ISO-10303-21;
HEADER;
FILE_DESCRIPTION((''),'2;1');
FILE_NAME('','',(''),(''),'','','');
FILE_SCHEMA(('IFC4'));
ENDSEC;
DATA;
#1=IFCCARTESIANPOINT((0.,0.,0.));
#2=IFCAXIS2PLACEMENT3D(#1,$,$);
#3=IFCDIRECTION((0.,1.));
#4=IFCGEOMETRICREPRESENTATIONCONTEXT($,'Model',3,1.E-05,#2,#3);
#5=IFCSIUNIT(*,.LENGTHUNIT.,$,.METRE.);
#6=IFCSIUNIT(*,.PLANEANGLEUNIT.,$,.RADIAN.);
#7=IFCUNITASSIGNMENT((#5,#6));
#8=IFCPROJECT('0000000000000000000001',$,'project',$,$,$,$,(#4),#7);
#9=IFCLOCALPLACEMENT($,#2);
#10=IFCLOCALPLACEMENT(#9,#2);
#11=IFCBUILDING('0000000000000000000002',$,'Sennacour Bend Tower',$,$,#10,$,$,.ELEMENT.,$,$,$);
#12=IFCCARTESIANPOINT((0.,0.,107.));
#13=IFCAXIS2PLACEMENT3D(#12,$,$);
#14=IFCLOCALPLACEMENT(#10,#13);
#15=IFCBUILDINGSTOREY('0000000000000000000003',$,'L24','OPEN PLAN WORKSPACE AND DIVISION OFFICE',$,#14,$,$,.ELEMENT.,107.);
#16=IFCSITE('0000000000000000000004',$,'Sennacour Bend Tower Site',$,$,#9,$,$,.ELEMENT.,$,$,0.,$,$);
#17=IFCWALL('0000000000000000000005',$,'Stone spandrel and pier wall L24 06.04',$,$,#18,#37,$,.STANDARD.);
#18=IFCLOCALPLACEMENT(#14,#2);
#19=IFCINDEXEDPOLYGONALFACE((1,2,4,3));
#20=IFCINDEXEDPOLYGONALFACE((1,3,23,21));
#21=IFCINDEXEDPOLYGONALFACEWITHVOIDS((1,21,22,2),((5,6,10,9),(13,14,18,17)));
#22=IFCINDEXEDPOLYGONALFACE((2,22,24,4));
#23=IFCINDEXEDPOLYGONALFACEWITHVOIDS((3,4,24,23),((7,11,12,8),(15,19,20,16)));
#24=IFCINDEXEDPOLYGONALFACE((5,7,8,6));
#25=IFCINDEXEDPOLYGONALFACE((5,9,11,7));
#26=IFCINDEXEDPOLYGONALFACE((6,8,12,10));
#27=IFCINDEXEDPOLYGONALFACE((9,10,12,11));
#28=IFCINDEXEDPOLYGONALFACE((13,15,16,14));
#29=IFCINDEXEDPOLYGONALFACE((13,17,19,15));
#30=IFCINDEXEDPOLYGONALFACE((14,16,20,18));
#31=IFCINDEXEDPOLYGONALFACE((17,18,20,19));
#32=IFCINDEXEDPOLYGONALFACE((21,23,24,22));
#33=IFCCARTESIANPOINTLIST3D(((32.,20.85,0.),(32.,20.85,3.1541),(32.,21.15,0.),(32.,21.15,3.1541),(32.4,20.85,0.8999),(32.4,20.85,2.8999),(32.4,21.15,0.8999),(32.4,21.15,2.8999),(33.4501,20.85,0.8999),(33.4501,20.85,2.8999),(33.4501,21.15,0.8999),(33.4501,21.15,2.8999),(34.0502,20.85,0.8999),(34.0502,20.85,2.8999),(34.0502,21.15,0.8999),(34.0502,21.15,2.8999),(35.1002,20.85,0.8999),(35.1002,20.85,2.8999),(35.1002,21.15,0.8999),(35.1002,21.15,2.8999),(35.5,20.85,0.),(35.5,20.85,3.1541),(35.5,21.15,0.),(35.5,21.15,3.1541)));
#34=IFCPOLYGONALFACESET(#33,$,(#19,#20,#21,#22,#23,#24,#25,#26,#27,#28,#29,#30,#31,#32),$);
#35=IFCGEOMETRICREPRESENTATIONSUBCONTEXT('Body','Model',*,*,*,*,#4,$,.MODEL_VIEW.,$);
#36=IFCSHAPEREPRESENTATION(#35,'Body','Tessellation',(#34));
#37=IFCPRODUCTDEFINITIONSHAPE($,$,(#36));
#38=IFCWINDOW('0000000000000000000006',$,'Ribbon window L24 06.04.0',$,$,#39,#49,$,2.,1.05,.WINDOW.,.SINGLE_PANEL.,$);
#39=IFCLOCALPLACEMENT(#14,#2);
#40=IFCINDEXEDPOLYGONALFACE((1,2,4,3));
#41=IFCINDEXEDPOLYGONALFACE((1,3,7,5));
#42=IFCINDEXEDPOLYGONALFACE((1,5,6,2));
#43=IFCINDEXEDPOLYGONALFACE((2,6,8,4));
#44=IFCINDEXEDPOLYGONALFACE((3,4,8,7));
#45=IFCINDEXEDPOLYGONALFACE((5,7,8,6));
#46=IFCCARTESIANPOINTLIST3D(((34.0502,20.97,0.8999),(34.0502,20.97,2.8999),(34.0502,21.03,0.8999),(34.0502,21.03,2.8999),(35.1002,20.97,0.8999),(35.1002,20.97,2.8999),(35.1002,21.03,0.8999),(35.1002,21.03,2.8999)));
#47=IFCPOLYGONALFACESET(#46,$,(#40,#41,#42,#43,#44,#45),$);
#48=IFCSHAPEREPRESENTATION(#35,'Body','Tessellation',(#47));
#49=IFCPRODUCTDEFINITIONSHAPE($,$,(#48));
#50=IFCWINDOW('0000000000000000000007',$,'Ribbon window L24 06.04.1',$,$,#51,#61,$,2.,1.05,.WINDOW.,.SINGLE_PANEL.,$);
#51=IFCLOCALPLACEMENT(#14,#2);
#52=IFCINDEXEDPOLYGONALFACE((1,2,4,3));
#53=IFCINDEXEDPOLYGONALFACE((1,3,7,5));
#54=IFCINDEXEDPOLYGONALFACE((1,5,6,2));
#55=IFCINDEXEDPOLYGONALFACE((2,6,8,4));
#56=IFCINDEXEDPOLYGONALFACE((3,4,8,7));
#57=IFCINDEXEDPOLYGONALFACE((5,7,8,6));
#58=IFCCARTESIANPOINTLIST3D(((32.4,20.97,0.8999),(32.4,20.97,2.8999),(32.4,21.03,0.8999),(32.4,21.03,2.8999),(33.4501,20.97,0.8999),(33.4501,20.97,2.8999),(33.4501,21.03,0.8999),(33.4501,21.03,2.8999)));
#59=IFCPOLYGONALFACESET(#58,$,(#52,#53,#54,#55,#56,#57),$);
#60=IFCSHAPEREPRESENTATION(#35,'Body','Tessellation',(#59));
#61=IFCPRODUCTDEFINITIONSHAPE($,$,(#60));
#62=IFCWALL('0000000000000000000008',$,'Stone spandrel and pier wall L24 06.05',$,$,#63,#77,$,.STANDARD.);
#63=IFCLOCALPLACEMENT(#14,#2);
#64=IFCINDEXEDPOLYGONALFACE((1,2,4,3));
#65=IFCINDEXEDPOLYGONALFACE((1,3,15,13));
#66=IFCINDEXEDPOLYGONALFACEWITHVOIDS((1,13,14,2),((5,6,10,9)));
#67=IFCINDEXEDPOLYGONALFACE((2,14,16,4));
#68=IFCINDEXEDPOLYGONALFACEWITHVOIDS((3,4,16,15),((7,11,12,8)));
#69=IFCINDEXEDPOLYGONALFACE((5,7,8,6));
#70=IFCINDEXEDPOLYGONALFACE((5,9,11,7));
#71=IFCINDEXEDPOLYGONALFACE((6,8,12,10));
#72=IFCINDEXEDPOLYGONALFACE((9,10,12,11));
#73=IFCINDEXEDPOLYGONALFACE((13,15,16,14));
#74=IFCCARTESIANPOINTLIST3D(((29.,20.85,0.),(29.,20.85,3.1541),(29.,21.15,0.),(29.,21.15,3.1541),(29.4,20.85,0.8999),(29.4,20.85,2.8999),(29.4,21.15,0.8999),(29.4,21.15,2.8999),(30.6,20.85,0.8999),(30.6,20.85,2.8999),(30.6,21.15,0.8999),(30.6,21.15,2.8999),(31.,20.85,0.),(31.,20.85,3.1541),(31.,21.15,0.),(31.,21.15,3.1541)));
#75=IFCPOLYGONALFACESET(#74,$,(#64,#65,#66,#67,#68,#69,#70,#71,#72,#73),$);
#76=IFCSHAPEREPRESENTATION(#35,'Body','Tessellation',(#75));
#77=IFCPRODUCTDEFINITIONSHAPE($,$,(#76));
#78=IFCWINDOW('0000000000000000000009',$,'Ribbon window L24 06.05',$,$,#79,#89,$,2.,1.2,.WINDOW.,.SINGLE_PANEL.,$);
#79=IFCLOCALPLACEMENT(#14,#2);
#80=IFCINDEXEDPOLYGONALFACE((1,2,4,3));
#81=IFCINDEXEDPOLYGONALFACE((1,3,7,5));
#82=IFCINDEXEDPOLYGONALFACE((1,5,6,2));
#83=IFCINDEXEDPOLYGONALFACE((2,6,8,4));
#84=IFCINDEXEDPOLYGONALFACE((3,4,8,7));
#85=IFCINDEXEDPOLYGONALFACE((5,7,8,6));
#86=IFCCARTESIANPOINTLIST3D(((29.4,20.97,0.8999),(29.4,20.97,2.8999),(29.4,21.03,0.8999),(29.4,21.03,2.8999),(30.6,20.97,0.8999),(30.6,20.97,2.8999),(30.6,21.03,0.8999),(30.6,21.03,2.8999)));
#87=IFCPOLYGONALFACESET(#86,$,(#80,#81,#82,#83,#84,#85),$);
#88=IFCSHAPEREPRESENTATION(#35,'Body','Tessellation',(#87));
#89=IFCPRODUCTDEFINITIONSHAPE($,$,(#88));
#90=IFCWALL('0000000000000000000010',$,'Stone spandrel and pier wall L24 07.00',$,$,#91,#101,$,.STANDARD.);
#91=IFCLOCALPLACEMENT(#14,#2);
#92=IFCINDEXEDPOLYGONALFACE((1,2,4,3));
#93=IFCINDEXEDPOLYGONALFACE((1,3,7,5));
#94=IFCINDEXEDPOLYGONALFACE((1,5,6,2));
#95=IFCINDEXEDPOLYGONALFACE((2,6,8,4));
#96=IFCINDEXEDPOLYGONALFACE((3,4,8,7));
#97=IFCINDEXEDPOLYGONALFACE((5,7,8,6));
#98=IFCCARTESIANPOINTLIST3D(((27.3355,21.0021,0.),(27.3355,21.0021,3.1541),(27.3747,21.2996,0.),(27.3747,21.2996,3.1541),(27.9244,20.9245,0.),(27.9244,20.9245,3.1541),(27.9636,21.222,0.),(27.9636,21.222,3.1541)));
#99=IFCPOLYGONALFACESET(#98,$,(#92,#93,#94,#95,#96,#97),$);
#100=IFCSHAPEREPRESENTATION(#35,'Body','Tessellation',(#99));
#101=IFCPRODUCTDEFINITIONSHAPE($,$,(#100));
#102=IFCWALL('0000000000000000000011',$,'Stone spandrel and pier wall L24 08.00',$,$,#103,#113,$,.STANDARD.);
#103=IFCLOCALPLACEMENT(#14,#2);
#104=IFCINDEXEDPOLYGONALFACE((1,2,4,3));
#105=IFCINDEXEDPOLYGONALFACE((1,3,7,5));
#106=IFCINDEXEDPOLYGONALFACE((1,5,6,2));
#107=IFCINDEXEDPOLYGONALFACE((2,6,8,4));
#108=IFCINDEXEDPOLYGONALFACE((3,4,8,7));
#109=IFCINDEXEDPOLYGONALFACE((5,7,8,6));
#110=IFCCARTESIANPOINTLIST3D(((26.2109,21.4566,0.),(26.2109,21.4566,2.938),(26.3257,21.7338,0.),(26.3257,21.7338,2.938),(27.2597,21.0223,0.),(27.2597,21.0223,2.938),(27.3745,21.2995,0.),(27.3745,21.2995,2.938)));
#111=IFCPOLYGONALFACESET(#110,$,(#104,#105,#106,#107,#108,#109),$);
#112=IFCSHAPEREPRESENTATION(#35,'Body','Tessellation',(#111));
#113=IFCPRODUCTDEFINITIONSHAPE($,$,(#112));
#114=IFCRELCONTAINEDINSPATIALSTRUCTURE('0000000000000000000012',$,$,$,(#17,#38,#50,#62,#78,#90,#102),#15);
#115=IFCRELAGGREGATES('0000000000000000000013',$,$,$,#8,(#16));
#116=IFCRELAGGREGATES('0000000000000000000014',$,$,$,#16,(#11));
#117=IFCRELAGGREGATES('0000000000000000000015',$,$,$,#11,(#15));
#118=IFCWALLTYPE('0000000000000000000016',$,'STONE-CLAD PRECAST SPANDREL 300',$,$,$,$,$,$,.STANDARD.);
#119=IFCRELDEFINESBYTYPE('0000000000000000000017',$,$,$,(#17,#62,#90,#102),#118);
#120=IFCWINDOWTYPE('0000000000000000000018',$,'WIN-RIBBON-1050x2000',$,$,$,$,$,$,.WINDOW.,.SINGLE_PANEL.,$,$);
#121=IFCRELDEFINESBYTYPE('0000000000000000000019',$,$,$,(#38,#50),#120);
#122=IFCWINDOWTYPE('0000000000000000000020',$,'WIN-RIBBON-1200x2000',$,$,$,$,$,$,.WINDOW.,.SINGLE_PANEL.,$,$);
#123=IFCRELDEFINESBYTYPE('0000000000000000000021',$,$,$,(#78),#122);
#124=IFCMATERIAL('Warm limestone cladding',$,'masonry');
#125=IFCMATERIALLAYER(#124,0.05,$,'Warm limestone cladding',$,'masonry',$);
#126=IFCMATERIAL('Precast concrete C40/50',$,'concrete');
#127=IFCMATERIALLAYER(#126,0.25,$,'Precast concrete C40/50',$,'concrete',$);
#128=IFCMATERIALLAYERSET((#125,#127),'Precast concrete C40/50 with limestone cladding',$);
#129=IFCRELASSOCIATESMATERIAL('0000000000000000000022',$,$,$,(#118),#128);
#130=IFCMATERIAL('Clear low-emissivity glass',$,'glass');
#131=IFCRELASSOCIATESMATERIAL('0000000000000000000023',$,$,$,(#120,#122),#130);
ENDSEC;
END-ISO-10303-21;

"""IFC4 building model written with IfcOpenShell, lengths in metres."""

from ifc_helpers import new_model, si_unit, direction, frame, frame_2d, origin, place, context, subcontext, project, spatial, rectangle, extrude, material, layer, layer_set, type_object, element, fill, save


model = new_model("IFC4")

# Units and contexts
model_context = context("Model", 3, precision=1e-05, world=origin(), true_north=direction((0.0, 1.0)))
body_context = subcontext(model_context, "Body", "Model", "MODEL_VIEW")
ifc_project = project(units=[si_unit("LENGTHUNIT", "METRE"), si_unit("PLANEANGLEUNIT", "RADIAN")], contexts=[model_context])

# Site, building, storey
site_placement = place(None, origin())
site = spatial("IfcSite", under=ifc_project, at=site_placement, Name="Sennacour Bend Tower Site", CompositionType="ELEMENT", RefElevation=0.0)
building_placement = place(site_placement, origin())
building = spatial("IfcBuilding", under=site, at=building_placement, Name="Sennacour Bend Tower", CompositionType="ELEMENT")
storey_placement = place(building_placement, frame((0.0, 0.0, 107.0)))
storey = spatial("IfcBuildingStorey", under=building, at=storey_placement, Name="L24", Description="OPEN PLAN WORKSPACE AND DIVISION OFFICE", CompositionType="ELEMENT", Elevation=107.0)

# Wall, openings, windows
ifc_material_1 = material(Name="Warm limestone cladding", Category="masonry")
ifc_layer_1 = layer(ifc_material_1, 0.05, Name="Warm limestone cladding", Category="masonry")
ifc_material_2 = material(Name="Precast concrete C40/50", Category="concrete")
ifc_layer_2 = layer(ifc_material_2, 0.25, Name="Precast concrete C40/50", Category="concrete")
ifc_layer_set_1 = layer_set([ifc_layer_1, ifc_layer_2], Name="Precast concrete C40/50 with limestone cladding")
wall_type_1 = type_object("IfcWallType", Name="STONE-CLAD PRECAST SPANDREL 300", PredefinedType="STANDARD", material=ifc_layer_set_1)
wall_1_placement = place(storey_placement, frame((35.5, 21.0, 0.0), z_axis=(0.0, 0.0, 1.0), x_axis=(-1.0, 0.0, 0.0)))
wall_1 = element("IfcWall", 1, at=wall_1_placement, inside=storey, type_object=wall_type_1, Name="Stone spandrel and pier wall L24 06.04", PredefinedType="STANDARD", context=body_context, shape_type="SweptSolid", body=[
    extrude(rectangle(XDim=3.5, YDim=0.3, at=frame_2d((1.75, 0.0))), origin(), (0.0, 0.0, 1.0), 3.1541),
])
opening_1_placement = place(wall_1_placement, frame((0.3999, 0.0, 0.8999)))
opening_1 = element("IfcOpeningElement", 2, at=opening_1_placement, cuts=wall_1, PredefinedType="OPENING", context=body_context, shape_type="SweptSolid", body=[
    extrude(rectangle(XDim=1.05, YDim=2.0, at=frame_2d((0.5249, 1.0))), frame((0.0, 0.1602, 0.0), z_axis=(0.0, -1.0, 0.0), x_axis=(1.0, 0.0, 0.0)), (0.0, 0.0, 1.0), 0.3201),
])
opening_2_placement = place(wall_1_placement, frame((2.05, 0.0, 0.8999)))
opening_2 = element("IfcOpeningElement", 3, at=opening_2_placement, cuts=wall_1, PredefinedType="OPENING", context=body_context, shape_type="SweptSolid", body=[
    extrude(rectangle(XDim=1.05, YDim=2.0, at=frame_2d((0.5249, 1.0))), frame((0.0, 0.1602, 0.0), z_axis=(0.0, -1.0, 0.0), x_axis=(1.0, 0.0, 0.0)), (0.0, 0.0, 1.0), 0.3201),
])
ifc_material_3 = material(Name="Clear low-emissivity glass", Category="glass")
window_type_1 = type_object("IfcWindowType", Name="WIN-RIBBON-1050x2000", PartitioningType="SINGLE_PANEL", PredefinedType="WINDOW", material=ifc_material_3)
window_1_placement = place(opening_1_placement, origin())
window_1 = element("IfcWindow", 4, at=window_1_placement, inside=storey, type_object=window_type_1, Name="Ribbon window L24 06.04.0", OverallHeight=2.0, OverallWidth=1.05, PartitioningType="SINGLE_PANEL", PredefinedType="WINDOW", context=body_context, shape_type="SweptSolid", body=[
    extrude(rectangle(XDim=1.05, YDim=2.0, at=frame_2d((0.5249, 1.0))), frame((0.0, 0.03, 0.0), z_axis=(0.0, -1.0, 0.0), x_axis=(1.0, 0.0, 0.0)), (0.0, 0.0, 1.0), 0.0601),
])
fill(opening_1, window_1)
window_2_placement = place(opening_2_placement, origin())
window_2 = element("IfcWindow", 5, at=window_2_placement, inside=storey, type_object=window_type_1, Name="Ribbon window L24 06.04.1", OverallHeight=2.0, OverallWidth=1.05, PartitioningType="SINGLE_PANEL", PredefinedType="WINDOW", context=body_context, shape_type="SweptSolid", body=[
    extrude(rectangle(XDim=1.05, YDim=2.0, at=frame_2d((0.5249, 1.0))), frame((0.0, 0.03, 0.0), z_axis=(0.0, -1.0, 0.0), x_axis=(1.0, 0.0, 0.0)), (0.0, 0.0, 1.0), 0.0601),
])
fill(opening_2, window_2)

# Wall, opening, window
wall_2_placement = place(storey_placement, frame((31.0, 21.0, 0.0), z_axis=(0.0, 0.0, 1.0), x_axis=(-1.0, 0.0, 0.0)))
wall_2 = element("IfcWall", 6, at=wall_2_placement, inside=storey, type_object=wall_type_1, Name="Stone spandrel and pier wall L24 06.05", PredefinedType="STANDARD", context=body_context, shape_type="SweptSolid", body=[
    extrude(rectangle(XDim=2.0, YDim=0.3, at=frame_2d((1.0, 0.0))), origin(), (0.0, 0.0, 1.0), 3.1541),
])
opening_3_placement = place(wall_2_placement, frame((0.3999, 0.0, 0.8999)))
opening_3 = element("IfcOpeningElement", 7, at=opening_3_placement, cuts=wall_2, PredefinedType="OPENING", context=body_context, shape_type="SweptSolid", body=[
    extrude(rectangle(XDim=1.2, YDim=2.0, at=frame_2d((0.6001, 1.0))), frame((0.0, 0.1602, 0.0), z_axis=(0.0, -1.0, 0.0), x_axis=(1.0, 0.0, 0.0)), (0.0, 0.0, 1.0), 0.3201),
])
window_type_2 = type_object("IfcWindowType", Name="WIN-RIBBON-1200x2000", PartitioningType="SINGLE_PANEL", PredefinedType="WINDOW", material=ifc_material_3)
window_3_placement = place(opening_3_placement, origin())
window_3 = element("IfcWindow", 8, at=window_3_placement, inside=storey, type_object=window_type_2, Name="Ribbon window L24 06.05", OverallHeight=2.0, OverallWidth=1.2, PartitioningType="SINGLE_PANEL", PredefinedType="WINDOW", context=body_context, shape_type="SweptSolid", body=[
    extrude(rectangle(XDim=1.2, YDim=2.0, at=frame_2d((0.6001, 1.0))), frame((0.0, 0.03, 0.0), z_axis=(0.0, -1.0, 0.0), x_axis=(1.0, 0.0, 0.0)), (0.0, 0.0, 1.0), 0.0601),
])
fill(opening_3, window_3)

# Walls
wall_3_placement = place(storey_placement, frame((27.9438, 21.0732, 0.0), z_axis=(0.0, 0.0, 1.0), x_axis=(-0.991421, 0.13071, 0.0)))
element("IfcWall", 9, at=wall_3_placement, inside=storey, type_object=wall_type_1, Name="Stone spandrel and pier wall L24 07.00", PredefinedType="STANDARD", context=body_context, shape_type="SweptSolid", body=[
    extrude(rectangle(XDim=0.594, YDim=0.3, at=frame_2d((0.2969, 0.0))), origin(), (0.0, 0.0, 1.0), 3.1541),
])
wall_4_placement = place(storey_placement, frame((27.3171, 21.1609, 0.0), z_axis=(0.0, 0.0, 1.0), x_axis=(-0.923915, 0.382599, 0.0)))
element("IfcWall", 10, at=wall_4_placement, inside=storey, type_object=wall_type_1, Name="Stone spandrel and pier wall L24 08.00", PredefinedType="STANDARD", context=body_context, shape_type="SweptSolid", body=[
    extrude(rectangle(XDim=1.1353, YDim=0.3, at=frame_2d((0.5676, 0.0))), origin(), (0.0, 0.0, 1.0), 2.938),
])

save(model, "model.ifc")
